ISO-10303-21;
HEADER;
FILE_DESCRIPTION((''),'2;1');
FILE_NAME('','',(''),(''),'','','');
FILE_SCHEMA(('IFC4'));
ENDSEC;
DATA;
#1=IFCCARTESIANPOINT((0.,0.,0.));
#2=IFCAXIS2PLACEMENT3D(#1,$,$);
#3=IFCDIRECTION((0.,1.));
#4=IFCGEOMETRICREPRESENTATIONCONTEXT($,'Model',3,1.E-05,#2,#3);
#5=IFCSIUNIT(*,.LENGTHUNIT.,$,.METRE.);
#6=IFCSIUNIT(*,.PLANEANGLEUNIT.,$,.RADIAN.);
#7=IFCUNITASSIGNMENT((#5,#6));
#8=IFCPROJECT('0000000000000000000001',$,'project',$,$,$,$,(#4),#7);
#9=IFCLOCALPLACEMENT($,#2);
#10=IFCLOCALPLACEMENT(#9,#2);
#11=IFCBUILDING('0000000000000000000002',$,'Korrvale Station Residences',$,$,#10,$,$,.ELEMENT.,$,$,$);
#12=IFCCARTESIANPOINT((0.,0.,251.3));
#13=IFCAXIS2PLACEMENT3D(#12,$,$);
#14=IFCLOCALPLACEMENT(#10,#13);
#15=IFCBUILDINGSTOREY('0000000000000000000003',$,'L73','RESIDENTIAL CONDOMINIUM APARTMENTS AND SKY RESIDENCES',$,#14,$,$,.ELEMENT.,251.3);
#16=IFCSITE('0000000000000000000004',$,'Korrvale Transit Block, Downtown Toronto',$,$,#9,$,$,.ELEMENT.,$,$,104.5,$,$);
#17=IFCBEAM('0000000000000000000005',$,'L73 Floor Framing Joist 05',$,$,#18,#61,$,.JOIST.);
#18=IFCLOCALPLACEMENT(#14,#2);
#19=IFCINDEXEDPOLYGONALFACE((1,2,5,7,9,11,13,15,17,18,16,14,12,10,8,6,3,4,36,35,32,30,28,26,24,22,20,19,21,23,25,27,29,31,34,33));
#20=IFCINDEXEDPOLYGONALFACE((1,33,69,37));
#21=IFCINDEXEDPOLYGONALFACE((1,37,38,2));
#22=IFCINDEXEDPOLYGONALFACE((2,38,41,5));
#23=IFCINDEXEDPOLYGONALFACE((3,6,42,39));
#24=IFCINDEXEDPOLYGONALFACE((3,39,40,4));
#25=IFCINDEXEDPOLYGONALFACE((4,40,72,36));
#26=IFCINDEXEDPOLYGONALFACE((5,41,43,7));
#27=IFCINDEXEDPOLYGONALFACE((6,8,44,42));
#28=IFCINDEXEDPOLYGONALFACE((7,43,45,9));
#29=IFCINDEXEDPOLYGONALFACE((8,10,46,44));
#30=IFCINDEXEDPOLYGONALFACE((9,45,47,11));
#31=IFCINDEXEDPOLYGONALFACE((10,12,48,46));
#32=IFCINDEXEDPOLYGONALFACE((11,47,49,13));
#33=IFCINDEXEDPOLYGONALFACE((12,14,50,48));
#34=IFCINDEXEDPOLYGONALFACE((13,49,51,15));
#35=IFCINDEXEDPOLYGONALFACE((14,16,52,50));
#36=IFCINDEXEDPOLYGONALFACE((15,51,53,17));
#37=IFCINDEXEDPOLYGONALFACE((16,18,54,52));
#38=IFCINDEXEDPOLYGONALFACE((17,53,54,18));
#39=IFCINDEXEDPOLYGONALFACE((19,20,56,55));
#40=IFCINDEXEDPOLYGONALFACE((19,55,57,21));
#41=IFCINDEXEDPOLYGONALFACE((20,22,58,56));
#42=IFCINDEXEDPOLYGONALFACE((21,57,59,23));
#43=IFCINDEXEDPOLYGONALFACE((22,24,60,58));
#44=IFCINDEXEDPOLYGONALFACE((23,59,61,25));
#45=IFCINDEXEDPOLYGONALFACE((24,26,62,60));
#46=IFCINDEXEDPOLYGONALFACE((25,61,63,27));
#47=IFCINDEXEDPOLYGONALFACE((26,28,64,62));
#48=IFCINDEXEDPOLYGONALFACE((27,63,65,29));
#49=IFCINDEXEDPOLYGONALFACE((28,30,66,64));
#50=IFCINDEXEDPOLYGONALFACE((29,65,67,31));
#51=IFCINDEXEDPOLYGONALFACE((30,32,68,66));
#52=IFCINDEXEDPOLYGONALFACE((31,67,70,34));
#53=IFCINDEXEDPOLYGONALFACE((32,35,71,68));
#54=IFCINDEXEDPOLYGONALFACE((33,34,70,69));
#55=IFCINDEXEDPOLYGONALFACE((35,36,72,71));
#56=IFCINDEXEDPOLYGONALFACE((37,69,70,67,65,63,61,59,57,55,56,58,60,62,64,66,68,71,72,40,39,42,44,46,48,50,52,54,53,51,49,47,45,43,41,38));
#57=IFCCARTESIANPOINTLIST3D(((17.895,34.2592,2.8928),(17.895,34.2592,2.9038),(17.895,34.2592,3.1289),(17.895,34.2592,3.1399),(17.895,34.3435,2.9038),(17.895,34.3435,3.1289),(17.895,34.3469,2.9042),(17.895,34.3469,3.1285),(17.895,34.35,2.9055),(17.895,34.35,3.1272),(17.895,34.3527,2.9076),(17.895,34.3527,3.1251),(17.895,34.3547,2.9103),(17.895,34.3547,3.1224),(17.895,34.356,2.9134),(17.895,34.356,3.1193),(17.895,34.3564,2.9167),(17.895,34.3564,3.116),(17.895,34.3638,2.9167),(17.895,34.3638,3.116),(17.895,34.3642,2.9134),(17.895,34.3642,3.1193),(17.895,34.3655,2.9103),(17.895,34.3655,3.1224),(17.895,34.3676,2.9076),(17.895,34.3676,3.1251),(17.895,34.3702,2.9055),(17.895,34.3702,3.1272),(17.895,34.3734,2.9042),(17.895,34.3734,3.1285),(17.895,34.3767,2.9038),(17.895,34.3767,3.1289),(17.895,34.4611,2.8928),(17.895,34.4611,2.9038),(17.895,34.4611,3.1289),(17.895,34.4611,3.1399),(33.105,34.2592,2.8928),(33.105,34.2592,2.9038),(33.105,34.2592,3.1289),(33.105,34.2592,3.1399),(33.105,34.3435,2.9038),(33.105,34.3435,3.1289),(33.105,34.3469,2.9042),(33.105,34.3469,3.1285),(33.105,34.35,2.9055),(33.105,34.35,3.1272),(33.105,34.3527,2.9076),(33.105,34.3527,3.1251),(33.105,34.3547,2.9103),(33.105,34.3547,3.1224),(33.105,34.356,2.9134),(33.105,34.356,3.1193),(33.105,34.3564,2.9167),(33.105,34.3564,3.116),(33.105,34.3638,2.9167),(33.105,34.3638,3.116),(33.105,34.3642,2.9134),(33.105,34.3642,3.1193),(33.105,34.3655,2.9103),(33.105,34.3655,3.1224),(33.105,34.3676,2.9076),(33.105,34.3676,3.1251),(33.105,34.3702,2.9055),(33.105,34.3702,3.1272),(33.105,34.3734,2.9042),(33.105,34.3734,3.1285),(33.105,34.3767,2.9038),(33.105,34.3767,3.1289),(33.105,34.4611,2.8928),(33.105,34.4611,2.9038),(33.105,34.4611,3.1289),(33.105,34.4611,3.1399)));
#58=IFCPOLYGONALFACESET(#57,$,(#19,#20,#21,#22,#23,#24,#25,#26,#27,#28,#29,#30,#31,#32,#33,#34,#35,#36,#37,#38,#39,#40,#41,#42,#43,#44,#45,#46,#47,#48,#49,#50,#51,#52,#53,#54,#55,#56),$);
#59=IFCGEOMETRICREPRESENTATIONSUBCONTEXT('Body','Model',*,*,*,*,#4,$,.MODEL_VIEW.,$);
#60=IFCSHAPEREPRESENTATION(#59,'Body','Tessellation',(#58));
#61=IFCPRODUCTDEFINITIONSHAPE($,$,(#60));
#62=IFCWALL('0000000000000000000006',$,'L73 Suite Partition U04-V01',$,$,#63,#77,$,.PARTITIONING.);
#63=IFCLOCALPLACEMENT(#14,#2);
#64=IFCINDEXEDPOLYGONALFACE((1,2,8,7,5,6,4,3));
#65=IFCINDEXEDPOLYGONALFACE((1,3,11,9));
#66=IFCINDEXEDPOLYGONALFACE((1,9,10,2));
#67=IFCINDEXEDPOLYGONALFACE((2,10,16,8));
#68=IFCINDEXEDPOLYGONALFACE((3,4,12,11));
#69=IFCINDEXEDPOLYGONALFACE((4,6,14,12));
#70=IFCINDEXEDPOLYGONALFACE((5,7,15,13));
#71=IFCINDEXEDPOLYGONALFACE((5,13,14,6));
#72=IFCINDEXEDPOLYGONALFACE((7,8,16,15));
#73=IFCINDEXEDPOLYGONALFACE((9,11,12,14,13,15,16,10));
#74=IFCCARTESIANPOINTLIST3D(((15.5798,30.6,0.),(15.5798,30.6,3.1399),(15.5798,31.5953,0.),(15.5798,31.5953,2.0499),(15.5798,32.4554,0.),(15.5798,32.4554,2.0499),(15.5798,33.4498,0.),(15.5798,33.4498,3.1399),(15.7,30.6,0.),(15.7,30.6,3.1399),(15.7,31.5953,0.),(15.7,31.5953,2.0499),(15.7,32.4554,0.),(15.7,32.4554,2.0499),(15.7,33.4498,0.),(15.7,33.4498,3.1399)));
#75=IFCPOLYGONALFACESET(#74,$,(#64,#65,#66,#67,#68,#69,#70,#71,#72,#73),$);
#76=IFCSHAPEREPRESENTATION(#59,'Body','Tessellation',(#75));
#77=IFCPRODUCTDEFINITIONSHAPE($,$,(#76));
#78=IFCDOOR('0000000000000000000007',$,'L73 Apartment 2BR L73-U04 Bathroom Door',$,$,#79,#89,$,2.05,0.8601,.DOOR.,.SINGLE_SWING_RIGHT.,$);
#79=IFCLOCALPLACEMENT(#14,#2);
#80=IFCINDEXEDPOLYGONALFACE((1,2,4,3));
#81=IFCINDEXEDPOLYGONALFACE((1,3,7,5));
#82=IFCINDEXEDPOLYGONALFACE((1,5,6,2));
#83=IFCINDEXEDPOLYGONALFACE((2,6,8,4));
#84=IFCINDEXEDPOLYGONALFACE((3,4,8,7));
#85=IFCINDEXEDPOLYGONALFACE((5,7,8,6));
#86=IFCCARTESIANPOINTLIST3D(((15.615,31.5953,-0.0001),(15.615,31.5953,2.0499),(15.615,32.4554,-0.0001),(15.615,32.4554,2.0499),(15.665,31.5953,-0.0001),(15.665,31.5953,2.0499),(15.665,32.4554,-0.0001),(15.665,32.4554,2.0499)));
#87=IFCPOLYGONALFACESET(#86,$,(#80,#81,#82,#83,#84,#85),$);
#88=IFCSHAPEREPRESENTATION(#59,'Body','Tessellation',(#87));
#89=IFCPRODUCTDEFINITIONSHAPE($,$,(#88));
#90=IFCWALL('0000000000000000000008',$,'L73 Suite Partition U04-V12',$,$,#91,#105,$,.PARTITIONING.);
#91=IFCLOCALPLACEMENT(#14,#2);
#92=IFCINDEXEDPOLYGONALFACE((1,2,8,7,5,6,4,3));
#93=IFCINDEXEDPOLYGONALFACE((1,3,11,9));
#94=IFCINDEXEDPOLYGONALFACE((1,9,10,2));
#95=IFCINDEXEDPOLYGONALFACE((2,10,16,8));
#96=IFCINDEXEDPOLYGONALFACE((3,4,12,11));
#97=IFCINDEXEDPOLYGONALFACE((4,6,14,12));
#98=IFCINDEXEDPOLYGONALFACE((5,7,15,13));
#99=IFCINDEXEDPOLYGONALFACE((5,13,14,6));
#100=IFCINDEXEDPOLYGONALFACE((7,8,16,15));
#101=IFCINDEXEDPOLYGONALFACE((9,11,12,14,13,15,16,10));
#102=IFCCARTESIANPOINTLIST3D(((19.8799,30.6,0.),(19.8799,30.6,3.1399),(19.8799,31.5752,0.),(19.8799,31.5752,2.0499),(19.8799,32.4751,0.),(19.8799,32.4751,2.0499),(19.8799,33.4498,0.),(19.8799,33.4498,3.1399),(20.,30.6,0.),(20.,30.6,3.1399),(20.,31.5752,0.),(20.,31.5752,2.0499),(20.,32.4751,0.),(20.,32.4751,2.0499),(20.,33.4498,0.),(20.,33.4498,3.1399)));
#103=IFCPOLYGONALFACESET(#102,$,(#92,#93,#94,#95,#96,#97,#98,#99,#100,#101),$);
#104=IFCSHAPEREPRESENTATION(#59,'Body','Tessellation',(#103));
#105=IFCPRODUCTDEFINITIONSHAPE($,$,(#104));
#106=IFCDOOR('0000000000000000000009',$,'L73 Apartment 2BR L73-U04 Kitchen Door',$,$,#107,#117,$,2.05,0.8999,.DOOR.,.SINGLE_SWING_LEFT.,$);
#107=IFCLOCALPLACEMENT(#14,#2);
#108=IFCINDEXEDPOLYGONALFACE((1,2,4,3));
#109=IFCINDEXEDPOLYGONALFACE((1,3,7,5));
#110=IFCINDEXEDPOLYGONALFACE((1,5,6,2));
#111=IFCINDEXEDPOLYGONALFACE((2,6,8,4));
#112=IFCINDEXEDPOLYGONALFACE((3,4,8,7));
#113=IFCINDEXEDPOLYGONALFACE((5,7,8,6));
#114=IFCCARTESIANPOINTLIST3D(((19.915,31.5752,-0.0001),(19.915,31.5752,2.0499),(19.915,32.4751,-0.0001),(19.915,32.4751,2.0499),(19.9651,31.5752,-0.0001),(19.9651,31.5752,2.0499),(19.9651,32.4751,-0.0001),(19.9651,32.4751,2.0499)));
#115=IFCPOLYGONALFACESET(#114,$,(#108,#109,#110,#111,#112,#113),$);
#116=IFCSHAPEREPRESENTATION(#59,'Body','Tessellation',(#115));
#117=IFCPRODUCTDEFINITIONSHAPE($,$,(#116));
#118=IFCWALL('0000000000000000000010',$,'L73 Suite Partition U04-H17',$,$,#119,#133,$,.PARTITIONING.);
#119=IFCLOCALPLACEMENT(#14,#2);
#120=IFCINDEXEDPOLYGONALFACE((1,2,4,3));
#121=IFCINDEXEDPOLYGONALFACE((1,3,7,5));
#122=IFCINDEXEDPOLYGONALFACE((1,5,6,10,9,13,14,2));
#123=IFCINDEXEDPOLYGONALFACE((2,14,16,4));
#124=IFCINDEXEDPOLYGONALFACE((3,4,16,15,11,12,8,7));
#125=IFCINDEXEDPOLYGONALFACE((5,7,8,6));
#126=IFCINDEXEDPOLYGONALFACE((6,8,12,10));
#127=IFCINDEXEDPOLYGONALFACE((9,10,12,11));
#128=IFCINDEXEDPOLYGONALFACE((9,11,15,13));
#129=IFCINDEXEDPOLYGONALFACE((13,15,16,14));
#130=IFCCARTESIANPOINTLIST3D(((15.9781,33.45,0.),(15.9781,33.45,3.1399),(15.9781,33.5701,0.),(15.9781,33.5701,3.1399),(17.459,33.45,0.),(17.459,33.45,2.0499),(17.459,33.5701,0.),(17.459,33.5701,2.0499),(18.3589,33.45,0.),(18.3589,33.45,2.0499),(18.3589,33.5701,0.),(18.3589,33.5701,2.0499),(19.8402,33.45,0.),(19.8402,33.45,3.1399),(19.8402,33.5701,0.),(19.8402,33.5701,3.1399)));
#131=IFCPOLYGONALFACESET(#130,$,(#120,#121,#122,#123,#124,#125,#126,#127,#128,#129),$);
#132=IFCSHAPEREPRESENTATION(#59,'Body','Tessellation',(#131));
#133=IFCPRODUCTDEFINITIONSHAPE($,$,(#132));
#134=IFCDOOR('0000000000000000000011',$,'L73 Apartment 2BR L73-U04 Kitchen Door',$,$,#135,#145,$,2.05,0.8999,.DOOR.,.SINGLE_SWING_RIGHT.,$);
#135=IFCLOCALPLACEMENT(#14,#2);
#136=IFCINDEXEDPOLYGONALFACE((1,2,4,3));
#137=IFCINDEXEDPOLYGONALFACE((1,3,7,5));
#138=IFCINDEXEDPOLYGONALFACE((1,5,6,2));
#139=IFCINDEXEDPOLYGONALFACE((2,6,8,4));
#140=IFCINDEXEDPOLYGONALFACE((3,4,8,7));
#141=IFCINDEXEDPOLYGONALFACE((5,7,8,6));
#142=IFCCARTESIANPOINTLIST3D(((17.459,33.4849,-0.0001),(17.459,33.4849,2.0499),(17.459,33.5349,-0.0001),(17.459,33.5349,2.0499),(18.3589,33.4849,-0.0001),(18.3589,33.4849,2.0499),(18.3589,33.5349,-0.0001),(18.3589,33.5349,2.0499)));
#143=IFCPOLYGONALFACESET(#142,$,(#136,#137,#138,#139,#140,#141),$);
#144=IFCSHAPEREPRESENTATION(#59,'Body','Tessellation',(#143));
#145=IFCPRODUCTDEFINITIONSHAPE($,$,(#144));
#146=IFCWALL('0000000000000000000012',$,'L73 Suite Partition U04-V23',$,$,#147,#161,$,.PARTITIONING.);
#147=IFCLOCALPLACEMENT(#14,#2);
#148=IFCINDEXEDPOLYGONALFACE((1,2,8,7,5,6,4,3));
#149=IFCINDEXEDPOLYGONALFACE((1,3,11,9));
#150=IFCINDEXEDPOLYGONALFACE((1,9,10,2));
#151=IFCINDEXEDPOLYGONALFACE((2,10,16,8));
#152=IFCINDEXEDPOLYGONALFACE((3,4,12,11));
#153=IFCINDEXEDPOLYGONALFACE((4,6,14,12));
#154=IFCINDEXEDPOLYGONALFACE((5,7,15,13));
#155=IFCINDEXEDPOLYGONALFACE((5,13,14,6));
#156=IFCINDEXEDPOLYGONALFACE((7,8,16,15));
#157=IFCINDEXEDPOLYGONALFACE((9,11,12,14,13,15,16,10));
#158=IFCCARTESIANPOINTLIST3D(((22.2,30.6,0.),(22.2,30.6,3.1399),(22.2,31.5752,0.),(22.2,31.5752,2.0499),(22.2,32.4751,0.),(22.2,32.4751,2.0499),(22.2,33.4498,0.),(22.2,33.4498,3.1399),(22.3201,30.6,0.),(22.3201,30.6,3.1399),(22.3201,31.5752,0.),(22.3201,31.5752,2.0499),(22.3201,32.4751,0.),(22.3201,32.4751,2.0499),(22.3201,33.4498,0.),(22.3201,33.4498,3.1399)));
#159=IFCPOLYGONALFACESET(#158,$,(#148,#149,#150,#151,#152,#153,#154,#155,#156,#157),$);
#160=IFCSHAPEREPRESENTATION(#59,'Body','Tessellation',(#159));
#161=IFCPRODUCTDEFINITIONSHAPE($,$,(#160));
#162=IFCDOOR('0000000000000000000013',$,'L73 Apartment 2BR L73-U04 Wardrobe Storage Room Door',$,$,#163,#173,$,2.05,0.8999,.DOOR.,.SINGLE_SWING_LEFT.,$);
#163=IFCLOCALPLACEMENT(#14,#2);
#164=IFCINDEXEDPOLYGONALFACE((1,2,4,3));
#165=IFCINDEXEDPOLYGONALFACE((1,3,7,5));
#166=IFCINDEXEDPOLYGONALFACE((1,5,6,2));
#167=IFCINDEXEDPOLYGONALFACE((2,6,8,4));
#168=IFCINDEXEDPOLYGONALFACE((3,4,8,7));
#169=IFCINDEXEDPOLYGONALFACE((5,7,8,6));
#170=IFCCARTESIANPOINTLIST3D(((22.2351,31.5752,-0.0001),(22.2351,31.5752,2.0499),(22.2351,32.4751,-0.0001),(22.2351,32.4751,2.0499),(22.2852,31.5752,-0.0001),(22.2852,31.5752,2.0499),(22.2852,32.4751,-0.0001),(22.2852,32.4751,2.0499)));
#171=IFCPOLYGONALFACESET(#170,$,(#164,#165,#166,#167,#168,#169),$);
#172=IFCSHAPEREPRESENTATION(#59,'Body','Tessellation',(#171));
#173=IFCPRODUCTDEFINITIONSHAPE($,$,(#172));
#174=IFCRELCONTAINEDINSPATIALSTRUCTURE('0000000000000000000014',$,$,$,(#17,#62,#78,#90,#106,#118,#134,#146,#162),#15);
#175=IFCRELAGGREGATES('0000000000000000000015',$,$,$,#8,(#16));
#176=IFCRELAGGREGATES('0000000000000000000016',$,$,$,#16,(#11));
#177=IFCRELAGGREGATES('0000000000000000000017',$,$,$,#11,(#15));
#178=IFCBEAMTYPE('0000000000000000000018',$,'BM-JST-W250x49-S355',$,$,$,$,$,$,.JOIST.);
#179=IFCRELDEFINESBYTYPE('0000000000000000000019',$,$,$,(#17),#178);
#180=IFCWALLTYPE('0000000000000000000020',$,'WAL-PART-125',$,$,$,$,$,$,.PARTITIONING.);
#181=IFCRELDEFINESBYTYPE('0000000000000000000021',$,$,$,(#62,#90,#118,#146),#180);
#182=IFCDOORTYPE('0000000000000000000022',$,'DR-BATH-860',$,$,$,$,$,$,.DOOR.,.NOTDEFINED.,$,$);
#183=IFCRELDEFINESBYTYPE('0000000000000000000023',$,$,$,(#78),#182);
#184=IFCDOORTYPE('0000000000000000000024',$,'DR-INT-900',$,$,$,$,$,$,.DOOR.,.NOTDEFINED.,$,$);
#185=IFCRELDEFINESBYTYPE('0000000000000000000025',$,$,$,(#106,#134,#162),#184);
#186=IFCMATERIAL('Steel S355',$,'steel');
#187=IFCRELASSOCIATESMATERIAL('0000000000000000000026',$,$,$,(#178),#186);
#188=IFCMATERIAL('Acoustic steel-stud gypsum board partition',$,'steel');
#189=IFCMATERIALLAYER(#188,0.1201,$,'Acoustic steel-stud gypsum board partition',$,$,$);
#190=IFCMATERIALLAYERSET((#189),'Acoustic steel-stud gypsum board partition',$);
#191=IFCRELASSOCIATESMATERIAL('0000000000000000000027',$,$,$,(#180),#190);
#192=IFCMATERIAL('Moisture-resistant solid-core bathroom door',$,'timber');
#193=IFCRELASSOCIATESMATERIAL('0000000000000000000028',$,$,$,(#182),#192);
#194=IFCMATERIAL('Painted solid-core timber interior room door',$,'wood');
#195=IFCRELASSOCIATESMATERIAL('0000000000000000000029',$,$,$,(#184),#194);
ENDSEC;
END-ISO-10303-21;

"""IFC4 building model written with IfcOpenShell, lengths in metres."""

from ifc_helpers import new_model, si_unit, direction, frame, frame_2d, origin, origin_2d, place, context, subcontext, project, spatial, rectangle, i_section, extrude, material, layer, layer_set, material_profile, profile_set, type_object, element, fill, save


model = new_model("IFC4")

# Units and contexts
model_context = context("Model", 3, precision=1e-05, world=origin(), true_north=direction((0.0, 1.0)))
body_context = subcontext(model_context, "Body", "Model", "MODEL_VIEW")
ifc_project = project(units=[si_unit("LENGTHUNIT", "METRE"), si_unit("PLANEANGLEUNIT", "RADIAN")], contexts=[model_context])

# Site, building, storey
site_placement = place(None, origin())
site = spatial("IfcSite", under=ifc_project, at=site_placement, Name="Korrvale Transit Block, Downtown Toronto", CompositionType="ELEMENT", RefElevation=104.5)
building_placement = place(site_placement, origin())
building = spatial("IfcBuilding", under=site, at=building_placement, Name="Korrvale Station Residences", CompositionType="ELEMENT")
storey_placement = place(building_placement, frame((0.0, 0.0, 251.3)))
storey = spatial("IfcBuildingStorey", under=building, at=storey_placement, Name="L73", Description="RESIDENTIAL CONDOMINIUM APARTMENTS AND SKY RESIDENCES", CompositionType="ELEMENT", Elevation=251.3)

# Beam
ifc_material_1 = material(Name="Steel S355", Category="steel")
ifc_material_profile = material_profile(ifc_material_1, i_section(OverallWidth=0.2019, OverallDepth=0.2471, WebThickness=0.0073, FlangeThickness=0.011, FilletRadius=0.0129, at=origin_2d()), Name="W250x49")
ifc_profile_set = profile_set([ifc_material_profile], Name="Steel S355")
beam_type = type_object("IfcBeamType", Name="BM-JST-W250x49-S355", PredefinedType="JOIST", material=ifc_profile_set)
beam_placement = place(storey_placement, frame((17.895, 34.3601, 3.0164), z_axis=(1.0, 0.0, 0.0), x_axis=(0.0, 1.0, 0.0)))
element("IfcBeam", 1, at=beam_placement, inside=storey, type_object=beam_type, Name="L73 Floor Framing Joist 05", PredefinedType="JOIST", context=body_context, shape_type="SweptSolid", body=[
    extrude(i_section(OverallWidth=0.2019, OverallDepth=0.2471, WebThickness=0.0073, FlangeThickness=0.011, FilletRadius=0.0129, at=origin_2d()), origin(), (0.0, 0.0, 1.0), 15.21),
])

# Walls, openings, doors
ifc_material_2 = material(Name="Acoustic steel-stud gypsum board partition", Category="steel")
ifc_layer = layer(ifc_material_2, 0.1201, Name="Acoustic steel-stud gypsum board partition")
ifc_layer_set = layer_set([ifc_layer], Name="Acoustic steel-stud gypsum board partition")
wall_type = type_object("IfcWallType", Name="WAL-PART-125", PredefinedType="PARTITIONING", material=ifc_layer_set)
wall_1_placement = place(storey_placement, frame((15.6399, 30.6001, 0.0), z_axis=(0.0, 0.0, 1.0), x_axis=(0.0, 1.0, 0.0)))
wall_1 = element("IfcWall", 2, at=wall_1_placement, inside=storey, type_object=wall_type, Name="L73 Suite Partition U04-V01", PredefinedType="PARTITIONING", context=body_context, shape_type="SweptSolid", body=[
    extrude(rectangle(XDim=2.8499, YDim=0.1201, at=frame_2d((1.4248, 0.0))), origin(), (0.0, 0.0, 1.0), 3.1399),
])
opening_1_placement = place(wall_1_placement, frame((0.9951, 0.0, 0.0)))
opening_1 = element("IfcOpeningElement", 3, at=opening_1_placement, cuts=wall_1, PredefinedType="OPENING", context=body_context, shape_type="SweptSolid", body=[
    extrude(rectangle(XDim=0.8601, YDim=2.05, at=frame_2d((0.4302, 1.0249))), frame((0.0, 0.0701, 0.0), z_axis=(0.0, -1.0, 0.0), x_axis=(1.0, 0.0, 0.0)), (0.0, 0.0, 1.0), 0.1401),
])
ifc_material_3 = material(Name="Moisture-resistant solid-core bathroom door", Category="timber")
door_type_1 = type_object("IfcDoorType", Name="DR-BATH-860", OperationType="NOTDEFINED", PredefinedType="DOOR", material=ifc_material_3)
door_1_placement = place(opening_1_placement, origin())
door_1 = element("IfcDoor", 4, at=door_1_placement, inside=storey, type_object=door_type_1, Name="L73 Apartment 2BR L73-U04 Bathroom Door", OperationType="SINGLE_SWING_RIGHT", OverallHeight=2.05, OverallWidth=0.8601, PredefinedType="DOOR", context=body_context, shape_type="SweptSolid", body=[
    extrude(rectangle(XDim=0.8601, YDim=2.05, at=frame_2d((0.4302, 1.0249))), frame((0.0, 0.0249, 0.0), z_axis=(0.0, -1.0, 0.0), x_axis=(1.0, 0.0, 0.0)), (0.0, 0.0, 1.0), 0.05),
])
fill(opening_1, door_1)
wall_2_placement = place(storey_placement, frame((19.9399, 30.6001, 0.0), z_axis=(0.0, 0.0, 1.0), x_axis=(0.0, 1.0, 0.0)))
wall_2 = element("IfcWall", 5, at=wall_2_placement, inside=storey, type_object=wall_type, Name="L73 Suite Partition U04-V12", PredefinedType="PARTITIONING", context=body_context, shape_type="SweptSolid", body=[
    extrude(rectangle(XDim=2.8499, YDim=0.1201, at=frame_2d((1.4248, 0.0))), origin(), (0.0, 0.0, 1.0), 3.1399),
])
opening_2_placement = place(wall_2_placement, frame((0.9751, 0.0, 0.0)))
opening_2 = element("IfcOpeningElement", 6, at=opening_2_placement, cuts=wall_2, PredefinedType="OPENING", context=body_context, shape_type="SweptSolid", body=[
    extrude(rectangle(XDim=0.8999, YDim=2.05, at=frame_2d((0.45, 1.0249))), frame((0.0, 0.0701, 0.0), z_axis=(0.0, -1.0, 0.0), x_axis=(1.0, 0.0, 0.0)), (0.0, 0.0, 1.0), 0.1401),
])
ifc_material_4 = material(Name="Painted solid-core timber interior room door", Category="wood")
door_type_2 = type_object("IfcDoorType", Name="DR-INT-900", OperationType="NOTDEFINED", PredefinedType="DOOR", material=ifc_material_4)
door_2_placement = place(opening_2_placement, origin())
door_2 = element("IfcDoor", 7, at=door_2_placement, inside=storey, type_object=door_type_2, Name="L73 Apartment 2BR L73-U04 Kitchen Door", OperationType="SINGLE_SWING_LEFT", OverallHeight=2.05, OverallWidth=0.8999, PredefinedType="DOOR", context=body_context, shape_type="SweptSolid", body=[
    extrude(rectangle(XDim=0.8999, YDim=2.05, at=frame_2d((0.45, 1.0249))), frame((0.0, 0.0249, 0.0), z_axis=(0.0, -1.0, 0.0), x_axis=(1.0, 0.0, 0.0)), (0.0, 0.0, 1.0), 0.05),
])
fill(opening_2, door_2)
wall_3_placement = place(storey_placement, frame((15.978, 33.51, 0.0), z_axis=(0.0, 0.0, 1.0), x_axis=(1.0, 0.0, 0.0)))
wall_3 = element("IfcWall", 8, at=wall_3_placement, inside=storey, type_object=wall_type, Name="L73 Suite Partition U04-H17", PredefinedType="PARTITIONING", context=body_context, shape_type="SweptSolid", body=[
    extrude(rectangle(XDim=3.8621, YDim=0.1201, at=frame_2d((1.9312, 0.0))), origin(), (0.0, 0.0, 1.0), 3.1399),
])
opening_3_placement = place(wall_3_placement, frame((1.481, 0.0, 0.0)))
opening_3 = element("IfcOpeningElement", 9, at=opening_3_placement, cuts=wall_3, PredefinedType="OPENING", context=body_context, shape_type="SweptSolid", body=[
    extrude(rectangle(XDim=0.8999, YDim=2.05, at=frame_2d((0.45, 1.0249))), frame((0.0, 0.0701, 0.0), z_axis=(0.0, -1.0, 0.0), x_axis=(1.0, 0.0, 0.0)), (0.0, 0.0, 1.0), 0.1401),
])
door_3_placement = place(opening_3_placement, origin())
door_3 = element("IfcDoor", 10, at=door_3_placement, inside=storey, type_object=door_type_2, Name="L73 Apartment 2BR L73-U04 Kitchen Door", OperationType="SINGLE_SWING_RIGHT", OverallHeight=2.05, OverallWidth=0.8999, PredefinedType="DOOR", context=body_context, shape_type="SweptSolid", body=[
    extrude(rectangle(XDim=0.8999, YDim=2.05, at=frame_2d((0.45, 1.0249))), frame((0.0, 0.0249, 0.0), z_axis=(0.0, -1.0, 0.0), x_axis=(1.0, 0.0, 0.0)), (0.0, 0.0, 1.0), 0.05),
])
fill(opening_3, door_3)
wall_4_placement = place(storey_placement, frame((22.26, 30.6001, 0.0), z_axis=(0.0, 0.0, 1.0), x_axis=(0.0, 1.0, 0.0)))
wall_4 = element("IfcWall", 11, at=wall_4_placement, inside=storey, type_object=wall_type, Name="L73 Suite Partition U04-V23", PredefinedType="PARTITIONING", context=body_context, shape_type="SweptSolid", body=[
    extrude(rectangle(XDim=2.8499, YDim=0.1201, at=frame_2d((1.4248, 0.0))), origin(), (0.0, 0.0, 1.0), 3.1399),
])
opening_4_placement = place(wall_4_placement, frame((0.9751, 0.0, 0.0)))
opening_4 = element("IfcOpeningElement", 12, at=opening_4_placement, cuts=wall_4, PredefinedType="OPENING", context=body_context, shape_type="SweptSolid", body=[
    extrude(rectangle(XDim=0.8999, YDim=2.05, at=frame_2d((0.45, 1.0249))), frame((0.0, 0.0701, 0.0), z_axis=(0.0, -1.0, 0.0), x_axis=(1.0, 0.0, 0.0)), (0.0, 0.0, 1.0), 0.1401),
])
door_4_placement = place(opening_4_placement, origin())
door_4 = element("IfcDoor", 13, at=door_4_placement, inside=storey, type_object=door_type_2, Name="L73 Apartment 2BR L73-U04 Wardrobe Storage Room Door", OperationType="SINGLE_SWING_LEFT", OverallHeight=2.05, OverallWidth=0.8999, PredefinedType="DOOR", context=body_context, shape_type="SweptSolid", body=[
    extrude(rectangle(XDim=0.8999, YDim=2.05, at=frame_2d((0.45, 1.0249))), frame((0.0, 0.0249, 0.0), z_axis=(0.0, -1.0, 0.0), x_axis=(1.0, 0.0, 0.0)), (0.0, 0.0, 1.0), 0.05),
])
fill(opening_4, door_4)

save(model, "model.ifc")
